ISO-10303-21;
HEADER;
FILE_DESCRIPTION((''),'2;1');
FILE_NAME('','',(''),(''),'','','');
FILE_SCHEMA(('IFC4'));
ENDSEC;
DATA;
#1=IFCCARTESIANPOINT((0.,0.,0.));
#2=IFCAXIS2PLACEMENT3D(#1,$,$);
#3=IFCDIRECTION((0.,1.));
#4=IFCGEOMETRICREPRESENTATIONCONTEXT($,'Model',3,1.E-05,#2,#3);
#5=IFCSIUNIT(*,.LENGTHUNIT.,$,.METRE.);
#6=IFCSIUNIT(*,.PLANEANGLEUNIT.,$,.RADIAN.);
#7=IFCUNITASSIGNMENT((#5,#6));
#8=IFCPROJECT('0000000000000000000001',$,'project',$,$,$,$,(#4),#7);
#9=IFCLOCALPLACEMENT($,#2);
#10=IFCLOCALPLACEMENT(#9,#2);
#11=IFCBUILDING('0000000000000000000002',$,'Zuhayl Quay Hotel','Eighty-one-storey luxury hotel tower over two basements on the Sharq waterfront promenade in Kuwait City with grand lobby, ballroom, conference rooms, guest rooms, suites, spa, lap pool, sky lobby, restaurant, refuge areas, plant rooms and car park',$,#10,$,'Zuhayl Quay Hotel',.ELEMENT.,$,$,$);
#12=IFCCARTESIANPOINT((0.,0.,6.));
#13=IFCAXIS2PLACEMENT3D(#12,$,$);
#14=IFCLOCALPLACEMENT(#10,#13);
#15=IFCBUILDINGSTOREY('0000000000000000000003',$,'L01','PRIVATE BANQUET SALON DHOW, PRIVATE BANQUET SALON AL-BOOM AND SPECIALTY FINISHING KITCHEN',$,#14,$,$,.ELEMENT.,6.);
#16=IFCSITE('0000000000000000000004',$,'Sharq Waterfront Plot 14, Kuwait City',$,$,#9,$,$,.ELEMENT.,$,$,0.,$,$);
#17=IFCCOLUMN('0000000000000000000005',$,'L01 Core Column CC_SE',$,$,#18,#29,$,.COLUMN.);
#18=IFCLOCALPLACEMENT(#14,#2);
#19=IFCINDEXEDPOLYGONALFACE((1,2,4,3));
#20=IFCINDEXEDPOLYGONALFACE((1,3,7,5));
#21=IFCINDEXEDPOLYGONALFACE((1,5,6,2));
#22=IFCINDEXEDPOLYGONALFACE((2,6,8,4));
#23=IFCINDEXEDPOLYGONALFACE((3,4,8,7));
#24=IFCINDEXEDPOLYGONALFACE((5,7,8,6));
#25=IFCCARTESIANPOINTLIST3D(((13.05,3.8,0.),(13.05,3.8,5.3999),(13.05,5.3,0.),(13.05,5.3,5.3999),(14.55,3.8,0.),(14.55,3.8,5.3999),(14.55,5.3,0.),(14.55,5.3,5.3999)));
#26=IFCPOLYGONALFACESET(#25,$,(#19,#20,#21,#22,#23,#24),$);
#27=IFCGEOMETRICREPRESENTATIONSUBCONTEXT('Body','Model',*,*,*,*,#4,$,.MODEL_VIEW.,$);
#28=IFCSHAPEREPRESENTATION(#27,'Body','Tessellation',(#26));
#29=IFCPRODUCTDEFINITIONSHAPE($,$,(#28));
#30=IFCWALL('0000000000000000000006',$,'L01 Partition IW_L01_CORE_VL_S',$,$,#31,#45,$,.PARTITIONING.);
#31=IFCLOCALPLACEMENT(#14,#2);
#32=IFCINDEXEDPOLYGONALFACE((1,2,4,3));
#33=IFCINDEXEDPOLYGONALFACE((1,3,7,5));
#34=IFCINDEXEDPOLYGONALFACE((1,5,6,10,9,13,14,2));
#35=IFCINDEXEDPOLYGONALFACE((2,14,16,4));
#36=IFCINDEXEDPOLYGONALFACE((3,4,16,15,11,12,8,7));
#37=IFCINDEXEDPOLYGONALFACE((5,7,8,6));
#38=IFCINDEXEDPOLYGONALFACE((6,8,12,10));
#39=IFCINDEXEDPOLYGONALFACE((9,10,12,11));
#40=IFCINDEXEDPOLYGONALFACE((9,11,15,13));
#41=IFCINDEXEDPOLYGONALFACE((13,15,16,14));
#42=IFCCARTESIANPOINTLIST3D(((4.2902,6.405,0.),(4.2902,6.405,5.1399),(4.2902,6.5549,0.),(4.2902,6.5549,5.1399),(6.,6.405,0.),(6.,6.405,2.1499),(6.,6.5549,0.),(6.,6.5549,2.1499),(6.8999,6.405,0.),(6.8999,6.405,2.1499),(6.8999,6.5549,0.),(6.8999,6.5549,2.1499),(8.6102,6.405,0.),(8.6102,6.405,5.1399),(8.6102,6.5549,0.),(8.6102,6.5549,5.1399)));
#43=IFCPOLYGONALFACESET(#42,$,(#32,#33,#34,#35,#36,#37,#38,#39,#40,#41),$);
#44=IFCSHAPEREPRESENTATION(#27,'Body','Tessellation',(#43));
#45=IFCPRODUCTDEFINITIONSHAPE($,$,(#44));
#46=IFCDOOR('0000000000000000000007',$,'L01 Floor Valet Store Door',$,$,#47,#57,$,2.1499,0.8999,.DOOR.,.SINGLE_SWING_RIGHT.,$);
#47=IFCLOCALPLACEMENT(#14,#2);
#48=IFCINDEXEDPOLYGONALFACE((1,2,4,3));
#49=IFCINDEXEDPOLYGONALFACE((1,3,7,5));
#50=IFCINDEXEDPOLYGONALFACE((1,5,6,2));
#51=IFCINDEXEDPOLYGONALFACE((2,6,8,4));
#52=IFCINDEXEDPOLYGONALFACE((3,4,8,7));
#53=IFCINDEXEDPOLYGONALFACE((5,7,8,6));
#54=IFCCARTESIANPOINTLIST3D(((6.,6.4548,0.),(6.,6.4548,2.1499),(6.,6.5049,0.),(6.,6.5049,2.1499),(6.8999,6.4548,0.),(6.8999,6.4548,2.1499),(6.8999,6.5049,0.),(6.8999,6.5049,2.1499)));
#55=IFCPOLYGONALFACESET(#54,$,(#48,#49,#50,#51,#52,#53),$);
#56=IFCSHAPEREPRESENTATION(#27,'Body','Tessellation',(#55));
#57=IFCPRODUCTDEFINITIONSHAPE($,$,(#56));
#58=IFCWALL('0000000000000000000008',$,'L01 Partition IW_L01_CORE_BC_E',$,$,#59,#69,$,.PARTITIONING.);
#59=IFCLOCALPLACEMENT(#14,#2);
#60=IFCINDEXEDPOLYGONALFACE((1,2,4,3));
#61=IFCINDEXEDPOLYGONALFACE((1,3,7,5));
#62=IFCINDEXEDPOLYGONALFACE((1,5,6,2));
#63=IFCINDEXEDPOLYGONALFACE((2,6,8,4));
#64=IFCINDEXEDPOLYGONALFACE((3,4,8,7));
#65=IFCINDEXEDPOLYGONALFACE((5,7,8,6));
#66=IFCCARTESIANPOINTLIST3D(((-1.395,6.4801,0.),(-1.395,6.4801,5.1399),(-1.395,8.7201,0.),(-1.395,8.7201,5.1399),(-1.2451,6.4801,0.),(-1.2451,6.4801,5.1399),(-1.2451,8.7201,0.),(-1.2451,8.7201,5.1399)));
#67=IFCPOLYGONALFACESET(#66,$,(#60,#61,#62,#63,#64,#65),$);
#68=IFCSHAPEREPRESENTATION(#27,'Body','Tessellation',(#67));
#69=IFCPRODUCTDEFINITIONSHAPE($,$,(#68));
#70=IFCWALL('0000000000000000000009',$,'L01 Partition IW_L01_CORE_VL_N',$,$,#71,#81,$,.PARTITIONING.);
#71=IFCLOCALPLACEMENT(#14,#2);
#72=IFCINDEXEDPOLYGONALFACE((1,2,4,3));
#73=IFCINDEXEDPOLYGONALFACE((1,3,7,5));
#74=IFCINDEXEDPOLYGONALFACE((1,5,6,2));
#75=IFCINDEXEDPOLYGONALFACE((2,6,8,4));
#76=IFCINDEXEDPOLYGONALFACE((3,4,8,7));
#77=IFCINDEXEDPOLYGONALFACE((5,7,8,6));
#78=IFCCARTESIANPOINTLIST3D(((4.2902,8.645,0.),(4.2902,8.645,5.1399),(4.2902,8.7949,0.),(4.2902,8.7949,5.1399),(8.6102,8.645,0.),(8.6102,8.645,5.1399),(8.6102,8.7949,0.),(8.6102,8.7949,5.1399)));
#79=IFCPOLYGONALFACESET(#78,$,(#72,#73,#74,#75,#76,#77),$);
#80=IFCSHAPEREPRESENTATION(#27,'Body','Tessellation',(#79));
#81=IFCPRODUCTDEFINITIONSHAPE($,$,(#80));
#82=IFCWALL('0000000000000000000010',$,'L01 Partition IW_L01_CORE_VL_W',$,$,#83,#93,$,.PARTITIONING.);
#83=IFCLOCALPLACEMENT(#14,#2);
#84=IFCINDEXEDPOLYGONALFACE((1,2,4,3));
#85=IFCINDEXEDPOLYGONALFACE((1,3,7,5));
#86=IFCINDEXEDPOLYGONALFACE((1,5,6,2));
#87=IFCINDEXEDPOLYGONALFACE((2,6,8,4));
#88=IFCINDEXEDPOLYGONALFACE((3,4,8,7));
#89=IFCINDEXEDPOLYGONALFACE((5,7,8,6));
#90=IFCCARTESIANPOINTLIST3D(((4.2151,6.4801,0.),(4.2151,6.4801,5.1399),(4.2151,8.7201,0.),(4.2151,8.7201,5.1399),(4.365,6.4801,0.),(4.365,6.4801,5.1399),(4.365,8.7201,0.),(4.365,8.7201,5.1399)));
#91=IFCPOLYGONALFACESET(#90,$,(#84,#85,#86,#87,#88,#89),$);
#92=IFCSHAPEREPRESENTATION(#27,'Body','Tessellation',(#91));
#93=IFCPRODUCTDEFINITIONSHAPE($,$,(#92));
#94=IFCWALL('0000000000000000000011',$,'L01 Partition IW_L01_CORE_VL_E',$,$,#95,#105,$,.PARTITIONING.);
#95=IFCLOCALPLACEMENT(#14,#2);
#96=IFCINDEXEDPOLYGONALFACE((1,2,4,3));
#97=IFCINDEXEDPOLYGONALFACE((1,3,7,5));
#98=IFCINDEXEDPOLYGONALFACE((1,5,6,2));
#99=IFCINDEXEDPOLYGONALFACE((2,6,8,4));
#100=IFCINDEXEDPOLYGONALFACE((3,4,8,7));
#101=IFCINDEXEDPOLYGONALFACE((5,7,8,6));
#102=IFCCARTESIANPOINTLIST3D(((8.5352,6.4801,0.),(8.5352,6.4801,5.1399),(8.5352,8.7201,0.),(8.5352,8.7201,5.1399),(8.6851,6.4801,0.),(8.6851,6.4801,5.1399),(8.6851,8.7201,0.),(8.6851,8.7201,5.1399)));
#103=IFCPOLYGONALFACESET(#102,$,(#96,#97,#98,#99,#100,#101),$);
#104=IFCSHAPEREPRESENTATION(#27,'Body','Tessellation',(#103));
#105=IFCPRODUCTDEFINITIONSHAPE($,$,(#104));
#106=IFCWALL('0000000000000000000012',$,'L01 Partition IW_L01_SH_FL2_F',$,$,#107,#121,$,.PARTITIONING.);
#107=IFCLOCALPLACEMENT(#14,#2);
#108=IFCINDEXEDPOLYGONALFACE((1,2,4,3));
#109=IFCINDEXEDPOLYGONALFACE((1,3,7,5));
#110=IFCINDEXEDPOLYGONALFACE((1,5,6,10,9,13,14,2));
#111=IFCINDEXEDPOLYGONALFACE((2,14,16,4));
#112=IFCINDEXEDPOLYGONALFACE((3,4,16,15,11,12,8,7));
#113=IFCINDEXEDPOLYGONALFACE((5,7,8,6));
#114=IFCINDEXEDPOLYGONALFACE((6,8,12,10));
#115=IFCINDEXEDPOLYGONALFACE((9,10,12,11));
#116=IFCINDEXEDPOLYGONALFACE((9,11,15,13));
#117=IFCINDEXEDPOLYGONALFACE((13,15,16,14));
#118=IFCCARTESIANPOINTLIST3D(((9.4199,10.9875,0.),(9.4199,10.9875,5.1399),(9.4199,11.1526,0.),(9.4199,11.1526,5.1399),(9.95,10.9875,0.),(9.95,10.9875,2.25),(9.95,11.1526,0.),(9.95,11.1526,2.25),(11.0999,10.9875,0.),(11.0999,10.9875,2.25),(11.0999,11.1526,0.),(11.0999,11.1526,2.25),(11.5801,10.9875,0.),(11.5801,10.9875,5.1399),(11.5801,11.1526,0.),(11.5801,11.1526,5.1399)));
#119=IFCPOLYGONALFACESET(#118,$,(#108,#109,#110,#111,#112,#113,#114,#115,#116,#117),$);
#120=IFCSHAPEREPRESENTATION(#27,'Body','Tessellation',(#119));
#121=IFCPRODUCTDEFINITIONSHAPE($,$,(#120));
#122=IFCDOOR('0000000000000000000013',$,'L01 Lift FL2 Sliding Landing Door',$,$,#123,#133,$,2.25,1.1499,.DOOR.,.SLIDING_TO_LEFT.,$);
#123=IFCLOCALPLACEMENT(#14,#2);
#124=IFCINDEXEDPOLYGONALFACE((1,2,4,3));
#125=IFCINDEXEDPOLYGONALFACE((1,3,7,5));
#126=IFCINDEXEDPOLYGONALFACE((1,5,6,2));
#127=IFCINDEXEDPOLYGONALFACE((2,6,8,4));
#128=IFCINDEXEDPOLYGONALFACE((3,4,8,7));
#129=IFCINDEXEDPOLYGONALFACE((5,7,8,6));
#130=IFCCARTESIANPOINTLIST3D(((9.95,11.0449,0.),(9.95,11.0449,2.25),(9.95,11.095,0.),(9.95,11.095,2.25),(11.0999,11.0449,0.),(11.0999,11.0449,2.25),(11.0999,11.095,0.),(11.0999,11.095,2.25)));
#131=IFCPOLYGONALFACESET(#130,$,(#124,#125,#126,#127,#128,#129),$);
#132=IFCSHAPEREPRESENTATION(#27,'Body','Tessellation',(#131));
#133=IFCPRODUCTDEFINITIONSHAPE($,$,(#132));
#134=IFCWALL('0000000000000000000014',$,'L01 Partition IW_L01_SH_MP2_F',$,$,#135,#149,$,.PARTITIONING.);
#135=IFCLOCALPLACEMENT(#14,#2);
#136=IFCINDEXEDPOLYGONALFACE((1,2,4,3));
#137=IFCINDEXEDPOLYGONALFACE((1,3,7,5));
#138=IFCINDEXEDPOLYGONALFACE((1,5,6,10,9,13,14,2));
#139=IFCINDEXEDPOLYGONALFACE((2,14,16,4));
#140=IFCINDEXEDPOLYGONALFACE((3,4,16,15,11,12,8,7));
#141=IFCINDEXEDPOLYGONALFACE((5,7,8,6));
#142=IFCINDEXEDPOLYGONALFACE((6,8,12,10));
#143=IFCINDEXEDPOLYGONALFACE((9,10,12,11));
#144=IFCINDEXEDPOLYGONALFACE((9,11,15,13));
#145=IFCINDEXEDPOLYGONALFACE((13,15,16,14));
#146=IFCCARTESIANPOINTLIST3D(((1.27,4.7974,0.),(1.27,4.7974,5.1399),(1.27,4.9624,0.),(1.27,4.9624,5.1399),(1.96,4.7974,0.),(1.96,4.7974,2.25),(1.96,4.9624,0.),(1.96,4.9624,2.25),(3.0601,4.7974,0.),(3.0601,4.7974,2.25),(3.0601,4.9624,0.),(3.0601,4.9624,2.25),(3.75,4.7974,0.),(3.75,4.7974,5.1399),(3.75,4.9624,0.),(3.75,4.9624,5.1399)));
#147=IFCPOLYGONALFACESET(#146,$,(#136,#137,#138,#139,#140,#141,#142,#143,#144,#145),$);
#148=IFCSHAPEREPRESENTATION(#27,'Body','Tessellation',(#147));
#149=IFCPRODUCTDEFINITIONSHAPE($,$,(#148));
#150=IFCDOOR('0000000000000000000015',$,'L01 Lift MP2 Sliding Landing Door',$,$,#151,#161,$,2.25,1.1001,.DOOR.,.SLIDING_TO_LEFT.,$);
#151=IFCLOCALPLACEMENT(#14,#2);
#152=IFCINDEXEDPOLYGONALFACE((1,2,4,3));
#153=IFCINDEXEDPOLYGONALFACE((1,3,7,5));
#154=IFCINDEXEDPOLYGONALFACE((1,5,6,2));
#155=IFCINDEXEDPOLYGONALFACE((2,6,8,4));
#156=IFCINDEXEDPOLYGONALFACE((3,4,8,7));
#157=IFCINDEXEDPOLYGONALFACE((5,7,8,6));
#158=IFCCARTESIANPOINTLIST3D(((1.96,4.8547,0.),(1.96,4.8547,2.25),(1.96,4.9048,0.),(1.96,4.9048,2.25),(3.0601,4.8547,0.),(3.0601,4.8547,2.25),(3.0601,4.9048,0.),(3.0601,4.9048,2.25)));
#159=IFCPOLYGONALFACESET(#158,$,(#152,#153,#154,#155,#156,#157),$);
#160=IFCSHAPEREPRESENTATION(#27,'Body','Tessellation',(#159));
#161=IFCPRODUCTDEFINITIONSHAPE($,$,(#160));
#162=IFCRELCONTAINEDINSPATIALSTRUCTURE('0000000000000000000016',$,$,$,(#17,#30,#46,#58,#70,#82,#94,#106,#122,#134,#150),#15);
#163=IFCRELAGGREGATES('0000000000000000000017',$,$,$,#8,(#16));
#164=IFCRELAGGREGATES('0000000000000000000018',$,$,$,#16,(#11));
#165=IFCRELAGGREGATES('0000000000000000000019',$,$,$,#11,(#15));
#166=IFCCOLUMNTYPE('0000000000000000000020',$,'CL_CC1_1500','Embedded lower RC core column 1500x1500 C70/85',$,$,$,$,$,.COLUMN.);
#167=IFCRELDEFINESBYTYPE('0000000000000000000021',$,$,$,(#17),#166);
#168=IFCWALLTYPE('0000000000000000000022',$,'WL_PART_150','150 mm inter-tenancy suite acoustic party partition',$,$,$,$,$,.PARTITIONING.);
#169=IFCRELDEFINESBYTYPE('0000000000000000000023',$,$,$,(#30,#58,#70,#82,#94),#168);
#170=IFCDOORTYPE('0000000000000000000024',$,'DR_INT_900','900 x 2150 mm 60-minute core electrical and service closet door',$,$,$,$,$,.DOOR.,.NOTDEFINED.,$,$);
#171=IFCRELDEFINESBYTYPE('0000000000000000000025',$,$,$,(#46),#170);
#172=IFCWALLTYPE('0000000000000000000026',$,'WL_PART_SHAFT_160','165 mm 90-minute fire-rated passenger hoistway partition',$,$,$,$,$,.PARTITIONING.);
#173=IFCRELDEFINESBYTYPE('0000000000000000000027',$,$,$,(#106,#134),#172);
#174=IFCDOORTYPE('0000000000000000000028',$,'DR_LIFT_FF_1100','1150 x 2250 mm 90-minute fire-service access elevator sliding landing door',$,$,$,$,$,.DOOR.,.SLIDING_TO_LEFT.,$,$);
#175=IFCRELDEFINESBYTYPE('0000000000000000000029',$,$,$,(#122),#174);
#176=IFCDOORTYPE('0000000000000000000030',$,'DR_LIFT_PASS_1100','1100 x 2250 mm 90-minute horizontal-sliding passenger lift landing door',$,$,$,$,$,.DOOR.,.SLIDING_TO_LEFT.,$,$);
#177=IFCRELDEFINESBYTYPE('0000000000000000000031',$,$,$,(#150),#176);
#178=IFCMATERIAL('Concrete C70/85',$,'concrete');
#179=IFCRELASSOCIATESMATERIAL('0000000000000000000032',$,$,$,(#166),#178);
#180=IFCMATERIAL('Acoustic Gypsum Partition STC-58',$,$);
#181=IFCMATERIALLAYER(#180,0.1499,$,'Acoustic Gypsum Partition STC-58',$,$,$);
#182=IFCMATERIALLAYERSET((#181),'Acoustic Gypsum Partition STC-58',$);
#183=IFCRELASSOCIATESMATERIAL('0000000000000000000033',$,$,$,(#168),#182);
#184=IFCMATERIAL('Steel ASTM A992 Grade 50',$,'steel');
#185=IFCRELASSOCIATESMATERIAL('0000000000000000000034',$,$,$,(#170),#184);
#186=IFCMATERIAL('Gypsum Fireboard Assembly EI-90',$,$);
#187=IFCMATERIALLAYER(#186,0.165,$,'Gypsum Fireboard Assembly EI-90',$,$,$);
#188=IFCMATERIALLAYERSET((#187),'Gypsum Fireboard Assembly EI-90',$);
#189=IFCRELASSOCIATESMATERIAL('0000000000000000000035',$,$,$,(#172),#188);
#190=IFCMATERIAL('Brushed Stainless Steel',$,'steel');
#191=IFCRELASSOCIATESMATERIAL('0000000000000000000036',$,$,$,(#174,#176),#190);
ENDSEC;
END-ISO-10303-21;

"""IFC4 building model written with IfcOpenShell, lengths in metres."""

from ifc_helpers import new_model, si_unit, direction, frame, frame_2d, origin, origin_2d, place, context, subcontext, project, spatial, rectangle, extrude, material, layer, layer_set, material_profile, profile_set, type_object, element, fill, save


model = new_model("IFC4")

# Units and contexts
model_context = context("Model", 3, precision=1e-05, world=origin(), true_north=direction((0.0, 1.0)))
body_context = subcontext(model_context, "Body", "Model", "MODEL_VIEW")
ifc_project = project(units=[si_unit("LENGTHUNIT", "METRE"), si_unit("PLANEANGLEUNIT", "RADIAN")], contexts=[model_context])

# Site, building, storey
site_placement = place(None, origin())
site = spatial("IfcSite", under=ifc_project, at=site_placement, Name="Sharq Waterfront Plot 14, Kuwait City", CompositionType="ELEMENT", RefElevation=0.0)
building_placement = place(site_placement, origin())
building = spatial("IfcBuilding", under=site, at=building_placement, Name="Zuhayl Quay Hotel", Description="Eighty-one-storey luxury hotel tower over two basements on the Sharq waterfront promenade in Kuwait City with grand lobby, ballroom, conference rooms, guest rooms, suites, spa, lap pool, sky lobby, restaurant, refuge areas, plant rooms and car park", LongName="Zuhayl Quay Hotel", CompositionType="ELEMENT")
storey_placement = place(building_placement, frame((0.0, 0.0, 6.0)))
storey = spatial("IfcBuildingStorey", under=building, at=storey_placement, Name="L01", Description="PRIVATE BANQUET SALON DHOW, PRIVATE BANQUET SALON AL-BOOM AND SPECIALTY FINISHING KITCHEN", CompositionType="ELEMENT", Elevation=6.0)

# Column
ifc_material_1 = material(Name="Concrete C70/85", Category="concrete")
ifc_material_profile = material_profile(ifc_material_1, rectangle(XDim=1.5, YDim=1.5, at=origin_2d()), Name="RC1500X1500")
ifc_profile_set = profile_set([ifc_material_profile], Name="Concrete C70/85")
column_type = type_object("IfcColumnType", Name="CL_CC1_1500", Description="Embedded lower RC core column 1500x1500 C70/85", PredefinedType="COLUMN", material=ifc_profile_set)
column_placement = place(storey_placement, frame((13.8, 4.55, 0.0), z_axis=(0.0, 0.0, 1.0), x_axis=(1.0, 0.0, 0.0)))
element("IfcColumn", 1, at=column_placement, inside=storey, type_object=column_type, Name="L01 Core Column CC_SE", PredefinedType="COLUMN", context=body_context, shape_type="SweptSolid", body=[
    extrude(rectangle(XDim=1.5, YDim=1.5, at=origin_2d()), origin(), (0.0, 0.0, 1.0), 5.3999),
])

# Wall, opening, door
ifc_material_2 = material(Name="Acoustic Gypsum Partition STC-58")
ifc_layer_1 = layer(ifc_material_2, 0.1499, Name="Acoustic Gypsum Partition STC-58")
ifc_layer_set_1 = layer_set([ifc_layer_1], Name="Acoustic Gypsum Partition STC-58")
wall_type_1 = type_object("IfcWallType", Name="WL_PART_150", Description="150 mm inter-tenancy suite acoustic party partition", PredefinedType="PARTITIONING", material=ifc_layer_set_1)
wall_1_placement = place(storey_placement, frame((4.29, 6.48, 0.0), z_axis=(0.0, 0.0, 1.0), x_axis=(1.0, 0.0, 0.0)))
wall_1 = element("IfcWall", 2, at=wall_1_placement, inside=storey, type_object=wall_type_1, Name="L01 Partition IW_L01_CORE_VL_S", PredefinedType="PARTITIONING", context=body_context, shape_type="SweptSolid", body=[
    extrude(rectangle(XDim=4.3201, YDim=0.1499, at=frame_2d((2.1602, 0.0))), origin(), (0.0, 0.0, 1.0), 5.1399),
])
opening_1_placement = place(wall_1_placement, frame((1.71, 0.0, 0.0)))
opening_1 = element("IfcOpeningElement", 3, at=opening_1_placement, cuts=wall_1, PredefinedType="OPENING", context=body_context, shape_type="SweptSolid", body=[
    extrude(rectangle(XDim=0.8999, YDim=2.1499, at=frame_2d((0.45, 1.075))), frame((0.0, 0.085, 0.0), z_axis=(0.0, -1.0, 0.0), x_axis=(1.0, 0.0, 0.0)), (0.0, 0.0, 1.0), 0.1699),
])
ifc_material_3 = material(Name="Steel ASTM A992 Grade 50", Category="steel")
door_type_1 = type_object("IfcDoorType", Name="DR_INT_900", Description="900 x 2150 mm 60-minute core electrical and service closet door", OperationType="NOTDEFINED", PredefinedType="DOOR", material=ifc_material_3)
door_1_placement = place(opening_1_placement, origin())
door_1 = element("IfcDoor", 4, at=door_1_placement, inside=storey, type_object=door_type_1, Name="L01 Floor Valet Store Door", OperationType="SINGLE_SWING_RIGHT", OverallHeight=2.1499, OverallWidth=0.8999, PredefinedType="DOOR", context=body_context, shape_type="SweptSolid", body=[
    extrude(rectangle(XDim=0.8999, YDim=2.1499, at=frame_2d((0.45, 1.075))), frame((0.0, 0.0249, 0.0), z_axis=(0.0, -1.0, 0.0), x_axis=(1.0, 0.0, 0.0)), (0.0, 0.0, 1.0), 0.05),
])
fill(opening_1, door_1)

# Walls
wall_2_placement = place(storey_placement, frame((-1.3201, 6.48, 0.0), z_axis=(0.0, 0.0, 1.0), x_axis=(0.0, 1.0, 0.0)))
element("IfcWall", 5, at=wall_2_placement, inside=storey, type_object=wall_type_1, Name="L01 Partition IW_L01_CORE_BC_E", PredefinedType="PARTITIONING", context=body_context, shape_type="SweptSolid", body=[
    extrude(rectangle(XDim=2.24, YDim=0.1499, at=frame_2d((1.1201, 0.0))), origin(), (0.0, 0.0, 1.0), 5.1399),
])
wall_3_placement = place(storey_placement, frame((4.29, 8.72, 0.0), z_axis=(0.0, 0.0, 1.0), x_axis=(1.0, 0.0, 0.0)))
element("IfcWall", 6, at=wall_3_placement, inside=storey, type_object=wall_type_1, Name="L01 Partition IW_L01_CORE_VL_N", PredefinedType="PARTITIONING", context=body_context, shape_type="SweptSolid", body=[
    extrude(rectangle(XDim=4.3201, YDim=0.1499, at=frame_2d((2.1602, 0.0))), origin(), (0.0, 0.0, 1.0), 5.1399),
])
for number, where, z_axis, x_axis, name in (
    (7, (4.29, 6.48, 0.0), (0.0, 0.0, 1.0), (0.0, 1.0, 0.0), "L01 Partition IW_L01_CORE_VL_W"),
    (8, (8.6101, 6.48, 0.0), (0.0, 0.0, 1.0), (0.0, 1.0, 0.0), "L01 Partition IW_L01_CORE_VL_E"),
):
    element("IfcWall", number, at=place(storey_placement, frame(where, z_axis=z_axis, x_axis=x_axis)), inside=storey, type_object=wall_type_1, Name=name, PredefinedType="PARTITIONING", context=body_context, shape_type="SweptSolid", body=[
        extrude(rectangle(XDim=2.24, YDim=0.1499, at=frame_2d((1.1201, 0.0))), origin(), (0.0, 0.0, 1.0), 5.1399),
    ])

# Walls, openings, doors
ifc_material_4 = material(Name="Gypsum Fireboard Assembly EI-90")
ifc_layer_2 = layer(ifc_material_4, 0.165, Name="Gypsum Fireboard Assembly EI-90")
ifc_layer_set_2 = layer_set([ifc_layer_2], Name="Gypsum Fireboard Assembly EI-90")
wall_type_2 = type_object("IfcWallType", Name="WL_PART_SHAFT_160", Description="165 mm 90-minute fire-rated passenger hoistway partition", PredefinedType="PARTITIONING", material=ifc_layer_set_2)
wall_4_placement = place(storey_placement, frame((9.4199, 11.0701, 0.0), z_axis=(0.0, 0.0, 1.0), x_axis=(1.0, 0.0, 0.0)))
wall_4 = element("IfcWall", 9, at=wall_4_placement, inside=storey, type_object=wall_type_2, Name="L01 Partition IW_L01_SH_FL2_F", PredefinedType="PARTITIONING", context=body_context, shape_type="SweptSolid", body=[
    extrude(rectangle(XDim=2.1602, YDim=0.165, at=frame_2d((1.0801, 0.0))), origin(), (0.0, 0.0, 1.0), 5.1399),
])
opening_2_placement = place(wall_4_placement, frame((0.53, 0.0, 0.0)))
opening_2 = element("IfcOpeningElement", 10, at=opening_2_placement, cuts=wall_4, PredefinedType="OPENING", context=body_context, shape_type="SweptSolid", body=[
    extrude(rectangle(XDim=1.1499, YDim=2.25, at=frame_2d((0.575, 1.125))), frame((0.0, 0.0925, 0.0), z_axis=(0.0, -1.0, 0.0), x_axis=(1.0, 0.0, 0.0)), (0.0, 0.0, 1.0), 0.1851),
])
ifc_material_5 = material(Name="Brushed Stainless Steel", Category="steel")
door_type_2 = type_object("IfcDoorType", Name="DR_LIFT_FF_1100", Description="1150 x 2250 mm 90-minute fire-service access elevator sliding landing door", OperationType="SLIDING_TO_LEFT", PredefinedType="DOOR", material=ifc_material_5)
door_2_placement = place(opening_2_placement, origin())
door_2 = element("IfcDoor", 11, at=door_2_placement, inside=storey, type_object=door_type_2, Name="L01 Lift FL2 Sliding Landing Door", OperationType="SLIDING_TO_LEFT", OverallHeight=2.25, OverallWidth=1.1499, PredefinedType="DOOR", context=body_context, shape_type="SweptSolid", body=[
    extrude(rectangle(XDim=1.1499, YDim=2.25, at=frame_2d((0.575, 1.125))), frame((0.0, 0.0249, 0.0), z_axis=(0.0, -1.0, 0.0), x_axis=(1.0, 0.0, 0.0)), (0.0, 0.0, 1.0), 0.05),
])
fill(opening_2, door_2)
wall_5_placement = place(storey_placement, frame((1.27, 4.8799, 0.0), z_axis=(0.0, 0.0, 1.0), x_axis=(1.0, 0.0, 0.0)))
wall_5 = element("IfcWall", 12, at=wall_5_placement, inside=storey, type_object=wall_type_2, Name="L01 Partition IW_L01_SH_MP2_F", PredefinedType="PARTITIONING", context=body_context, shape_type="SweptSolid", body=[
    extrude(rectangle(XDim=2.48, YDim=0.165, at=frame_2d((1.24, 0.0))), origin(), (0.0, 0.0, 1.0), 5.1399),
])
opening_3_placement = place(wall_5_placement, frame((0.6899, 0.0, 0.0)))
opening_3 = element("IfcOpeningElement", 13, at=opening_3_placement, cuts=wall_5, PredefinedType="OPENING", context=body_context, shape_type="SweptSolid", body=[
    extrude(rectangle(XDim=1.1001, YDim=2.25, at=frame_2d((0.55, 1.125))), frame((0.0, 0.0925, 0.0), z_axis=(0.0, -1.0, 0.0), x_axis=(1.0, 0.0, 0.0)), (0.0, 0.0, 1.0), 0.1851),
])
door_type_3 = type_object("IfcDoorType", Name="DR_LIFT_PASS_1100", Description="1100 x 2250 mm 90-minute horizontal-sliding passenger lift landing door", OperationType="SLIDING_TO_LEFT", PredefinedType="DOOR", material=ifc_material_5)
door_3_placement = place(opening_3_placement, origin())
door_3 = element("IfcDoor", 14, at=door_3_placement, inside=storey, type_object=door_type_3, Name="L01 Lift MP2 Sliding Landing Door", OperationType="SLIDING_TO_LEFT", OverallHeight=2.25, OverallWidth=1.1001, PredefinedType="DOOR", context=body_context, shape_type="SweptSolid", body=[
    extrude(rectangle(XDim=1.1001, YDim=2.25, at=frame_2d((0.55, 1.125))), frame((0.0, 0.0249, 0.0), z_axis=(0.0, -1.0, 0.0), x_axis=(1.0, 0.0, 0.0)), (0.0, 0.0, 1.0), 0.05),
])
fill(opening_3, door_3)

save(model, "model.ifc")
